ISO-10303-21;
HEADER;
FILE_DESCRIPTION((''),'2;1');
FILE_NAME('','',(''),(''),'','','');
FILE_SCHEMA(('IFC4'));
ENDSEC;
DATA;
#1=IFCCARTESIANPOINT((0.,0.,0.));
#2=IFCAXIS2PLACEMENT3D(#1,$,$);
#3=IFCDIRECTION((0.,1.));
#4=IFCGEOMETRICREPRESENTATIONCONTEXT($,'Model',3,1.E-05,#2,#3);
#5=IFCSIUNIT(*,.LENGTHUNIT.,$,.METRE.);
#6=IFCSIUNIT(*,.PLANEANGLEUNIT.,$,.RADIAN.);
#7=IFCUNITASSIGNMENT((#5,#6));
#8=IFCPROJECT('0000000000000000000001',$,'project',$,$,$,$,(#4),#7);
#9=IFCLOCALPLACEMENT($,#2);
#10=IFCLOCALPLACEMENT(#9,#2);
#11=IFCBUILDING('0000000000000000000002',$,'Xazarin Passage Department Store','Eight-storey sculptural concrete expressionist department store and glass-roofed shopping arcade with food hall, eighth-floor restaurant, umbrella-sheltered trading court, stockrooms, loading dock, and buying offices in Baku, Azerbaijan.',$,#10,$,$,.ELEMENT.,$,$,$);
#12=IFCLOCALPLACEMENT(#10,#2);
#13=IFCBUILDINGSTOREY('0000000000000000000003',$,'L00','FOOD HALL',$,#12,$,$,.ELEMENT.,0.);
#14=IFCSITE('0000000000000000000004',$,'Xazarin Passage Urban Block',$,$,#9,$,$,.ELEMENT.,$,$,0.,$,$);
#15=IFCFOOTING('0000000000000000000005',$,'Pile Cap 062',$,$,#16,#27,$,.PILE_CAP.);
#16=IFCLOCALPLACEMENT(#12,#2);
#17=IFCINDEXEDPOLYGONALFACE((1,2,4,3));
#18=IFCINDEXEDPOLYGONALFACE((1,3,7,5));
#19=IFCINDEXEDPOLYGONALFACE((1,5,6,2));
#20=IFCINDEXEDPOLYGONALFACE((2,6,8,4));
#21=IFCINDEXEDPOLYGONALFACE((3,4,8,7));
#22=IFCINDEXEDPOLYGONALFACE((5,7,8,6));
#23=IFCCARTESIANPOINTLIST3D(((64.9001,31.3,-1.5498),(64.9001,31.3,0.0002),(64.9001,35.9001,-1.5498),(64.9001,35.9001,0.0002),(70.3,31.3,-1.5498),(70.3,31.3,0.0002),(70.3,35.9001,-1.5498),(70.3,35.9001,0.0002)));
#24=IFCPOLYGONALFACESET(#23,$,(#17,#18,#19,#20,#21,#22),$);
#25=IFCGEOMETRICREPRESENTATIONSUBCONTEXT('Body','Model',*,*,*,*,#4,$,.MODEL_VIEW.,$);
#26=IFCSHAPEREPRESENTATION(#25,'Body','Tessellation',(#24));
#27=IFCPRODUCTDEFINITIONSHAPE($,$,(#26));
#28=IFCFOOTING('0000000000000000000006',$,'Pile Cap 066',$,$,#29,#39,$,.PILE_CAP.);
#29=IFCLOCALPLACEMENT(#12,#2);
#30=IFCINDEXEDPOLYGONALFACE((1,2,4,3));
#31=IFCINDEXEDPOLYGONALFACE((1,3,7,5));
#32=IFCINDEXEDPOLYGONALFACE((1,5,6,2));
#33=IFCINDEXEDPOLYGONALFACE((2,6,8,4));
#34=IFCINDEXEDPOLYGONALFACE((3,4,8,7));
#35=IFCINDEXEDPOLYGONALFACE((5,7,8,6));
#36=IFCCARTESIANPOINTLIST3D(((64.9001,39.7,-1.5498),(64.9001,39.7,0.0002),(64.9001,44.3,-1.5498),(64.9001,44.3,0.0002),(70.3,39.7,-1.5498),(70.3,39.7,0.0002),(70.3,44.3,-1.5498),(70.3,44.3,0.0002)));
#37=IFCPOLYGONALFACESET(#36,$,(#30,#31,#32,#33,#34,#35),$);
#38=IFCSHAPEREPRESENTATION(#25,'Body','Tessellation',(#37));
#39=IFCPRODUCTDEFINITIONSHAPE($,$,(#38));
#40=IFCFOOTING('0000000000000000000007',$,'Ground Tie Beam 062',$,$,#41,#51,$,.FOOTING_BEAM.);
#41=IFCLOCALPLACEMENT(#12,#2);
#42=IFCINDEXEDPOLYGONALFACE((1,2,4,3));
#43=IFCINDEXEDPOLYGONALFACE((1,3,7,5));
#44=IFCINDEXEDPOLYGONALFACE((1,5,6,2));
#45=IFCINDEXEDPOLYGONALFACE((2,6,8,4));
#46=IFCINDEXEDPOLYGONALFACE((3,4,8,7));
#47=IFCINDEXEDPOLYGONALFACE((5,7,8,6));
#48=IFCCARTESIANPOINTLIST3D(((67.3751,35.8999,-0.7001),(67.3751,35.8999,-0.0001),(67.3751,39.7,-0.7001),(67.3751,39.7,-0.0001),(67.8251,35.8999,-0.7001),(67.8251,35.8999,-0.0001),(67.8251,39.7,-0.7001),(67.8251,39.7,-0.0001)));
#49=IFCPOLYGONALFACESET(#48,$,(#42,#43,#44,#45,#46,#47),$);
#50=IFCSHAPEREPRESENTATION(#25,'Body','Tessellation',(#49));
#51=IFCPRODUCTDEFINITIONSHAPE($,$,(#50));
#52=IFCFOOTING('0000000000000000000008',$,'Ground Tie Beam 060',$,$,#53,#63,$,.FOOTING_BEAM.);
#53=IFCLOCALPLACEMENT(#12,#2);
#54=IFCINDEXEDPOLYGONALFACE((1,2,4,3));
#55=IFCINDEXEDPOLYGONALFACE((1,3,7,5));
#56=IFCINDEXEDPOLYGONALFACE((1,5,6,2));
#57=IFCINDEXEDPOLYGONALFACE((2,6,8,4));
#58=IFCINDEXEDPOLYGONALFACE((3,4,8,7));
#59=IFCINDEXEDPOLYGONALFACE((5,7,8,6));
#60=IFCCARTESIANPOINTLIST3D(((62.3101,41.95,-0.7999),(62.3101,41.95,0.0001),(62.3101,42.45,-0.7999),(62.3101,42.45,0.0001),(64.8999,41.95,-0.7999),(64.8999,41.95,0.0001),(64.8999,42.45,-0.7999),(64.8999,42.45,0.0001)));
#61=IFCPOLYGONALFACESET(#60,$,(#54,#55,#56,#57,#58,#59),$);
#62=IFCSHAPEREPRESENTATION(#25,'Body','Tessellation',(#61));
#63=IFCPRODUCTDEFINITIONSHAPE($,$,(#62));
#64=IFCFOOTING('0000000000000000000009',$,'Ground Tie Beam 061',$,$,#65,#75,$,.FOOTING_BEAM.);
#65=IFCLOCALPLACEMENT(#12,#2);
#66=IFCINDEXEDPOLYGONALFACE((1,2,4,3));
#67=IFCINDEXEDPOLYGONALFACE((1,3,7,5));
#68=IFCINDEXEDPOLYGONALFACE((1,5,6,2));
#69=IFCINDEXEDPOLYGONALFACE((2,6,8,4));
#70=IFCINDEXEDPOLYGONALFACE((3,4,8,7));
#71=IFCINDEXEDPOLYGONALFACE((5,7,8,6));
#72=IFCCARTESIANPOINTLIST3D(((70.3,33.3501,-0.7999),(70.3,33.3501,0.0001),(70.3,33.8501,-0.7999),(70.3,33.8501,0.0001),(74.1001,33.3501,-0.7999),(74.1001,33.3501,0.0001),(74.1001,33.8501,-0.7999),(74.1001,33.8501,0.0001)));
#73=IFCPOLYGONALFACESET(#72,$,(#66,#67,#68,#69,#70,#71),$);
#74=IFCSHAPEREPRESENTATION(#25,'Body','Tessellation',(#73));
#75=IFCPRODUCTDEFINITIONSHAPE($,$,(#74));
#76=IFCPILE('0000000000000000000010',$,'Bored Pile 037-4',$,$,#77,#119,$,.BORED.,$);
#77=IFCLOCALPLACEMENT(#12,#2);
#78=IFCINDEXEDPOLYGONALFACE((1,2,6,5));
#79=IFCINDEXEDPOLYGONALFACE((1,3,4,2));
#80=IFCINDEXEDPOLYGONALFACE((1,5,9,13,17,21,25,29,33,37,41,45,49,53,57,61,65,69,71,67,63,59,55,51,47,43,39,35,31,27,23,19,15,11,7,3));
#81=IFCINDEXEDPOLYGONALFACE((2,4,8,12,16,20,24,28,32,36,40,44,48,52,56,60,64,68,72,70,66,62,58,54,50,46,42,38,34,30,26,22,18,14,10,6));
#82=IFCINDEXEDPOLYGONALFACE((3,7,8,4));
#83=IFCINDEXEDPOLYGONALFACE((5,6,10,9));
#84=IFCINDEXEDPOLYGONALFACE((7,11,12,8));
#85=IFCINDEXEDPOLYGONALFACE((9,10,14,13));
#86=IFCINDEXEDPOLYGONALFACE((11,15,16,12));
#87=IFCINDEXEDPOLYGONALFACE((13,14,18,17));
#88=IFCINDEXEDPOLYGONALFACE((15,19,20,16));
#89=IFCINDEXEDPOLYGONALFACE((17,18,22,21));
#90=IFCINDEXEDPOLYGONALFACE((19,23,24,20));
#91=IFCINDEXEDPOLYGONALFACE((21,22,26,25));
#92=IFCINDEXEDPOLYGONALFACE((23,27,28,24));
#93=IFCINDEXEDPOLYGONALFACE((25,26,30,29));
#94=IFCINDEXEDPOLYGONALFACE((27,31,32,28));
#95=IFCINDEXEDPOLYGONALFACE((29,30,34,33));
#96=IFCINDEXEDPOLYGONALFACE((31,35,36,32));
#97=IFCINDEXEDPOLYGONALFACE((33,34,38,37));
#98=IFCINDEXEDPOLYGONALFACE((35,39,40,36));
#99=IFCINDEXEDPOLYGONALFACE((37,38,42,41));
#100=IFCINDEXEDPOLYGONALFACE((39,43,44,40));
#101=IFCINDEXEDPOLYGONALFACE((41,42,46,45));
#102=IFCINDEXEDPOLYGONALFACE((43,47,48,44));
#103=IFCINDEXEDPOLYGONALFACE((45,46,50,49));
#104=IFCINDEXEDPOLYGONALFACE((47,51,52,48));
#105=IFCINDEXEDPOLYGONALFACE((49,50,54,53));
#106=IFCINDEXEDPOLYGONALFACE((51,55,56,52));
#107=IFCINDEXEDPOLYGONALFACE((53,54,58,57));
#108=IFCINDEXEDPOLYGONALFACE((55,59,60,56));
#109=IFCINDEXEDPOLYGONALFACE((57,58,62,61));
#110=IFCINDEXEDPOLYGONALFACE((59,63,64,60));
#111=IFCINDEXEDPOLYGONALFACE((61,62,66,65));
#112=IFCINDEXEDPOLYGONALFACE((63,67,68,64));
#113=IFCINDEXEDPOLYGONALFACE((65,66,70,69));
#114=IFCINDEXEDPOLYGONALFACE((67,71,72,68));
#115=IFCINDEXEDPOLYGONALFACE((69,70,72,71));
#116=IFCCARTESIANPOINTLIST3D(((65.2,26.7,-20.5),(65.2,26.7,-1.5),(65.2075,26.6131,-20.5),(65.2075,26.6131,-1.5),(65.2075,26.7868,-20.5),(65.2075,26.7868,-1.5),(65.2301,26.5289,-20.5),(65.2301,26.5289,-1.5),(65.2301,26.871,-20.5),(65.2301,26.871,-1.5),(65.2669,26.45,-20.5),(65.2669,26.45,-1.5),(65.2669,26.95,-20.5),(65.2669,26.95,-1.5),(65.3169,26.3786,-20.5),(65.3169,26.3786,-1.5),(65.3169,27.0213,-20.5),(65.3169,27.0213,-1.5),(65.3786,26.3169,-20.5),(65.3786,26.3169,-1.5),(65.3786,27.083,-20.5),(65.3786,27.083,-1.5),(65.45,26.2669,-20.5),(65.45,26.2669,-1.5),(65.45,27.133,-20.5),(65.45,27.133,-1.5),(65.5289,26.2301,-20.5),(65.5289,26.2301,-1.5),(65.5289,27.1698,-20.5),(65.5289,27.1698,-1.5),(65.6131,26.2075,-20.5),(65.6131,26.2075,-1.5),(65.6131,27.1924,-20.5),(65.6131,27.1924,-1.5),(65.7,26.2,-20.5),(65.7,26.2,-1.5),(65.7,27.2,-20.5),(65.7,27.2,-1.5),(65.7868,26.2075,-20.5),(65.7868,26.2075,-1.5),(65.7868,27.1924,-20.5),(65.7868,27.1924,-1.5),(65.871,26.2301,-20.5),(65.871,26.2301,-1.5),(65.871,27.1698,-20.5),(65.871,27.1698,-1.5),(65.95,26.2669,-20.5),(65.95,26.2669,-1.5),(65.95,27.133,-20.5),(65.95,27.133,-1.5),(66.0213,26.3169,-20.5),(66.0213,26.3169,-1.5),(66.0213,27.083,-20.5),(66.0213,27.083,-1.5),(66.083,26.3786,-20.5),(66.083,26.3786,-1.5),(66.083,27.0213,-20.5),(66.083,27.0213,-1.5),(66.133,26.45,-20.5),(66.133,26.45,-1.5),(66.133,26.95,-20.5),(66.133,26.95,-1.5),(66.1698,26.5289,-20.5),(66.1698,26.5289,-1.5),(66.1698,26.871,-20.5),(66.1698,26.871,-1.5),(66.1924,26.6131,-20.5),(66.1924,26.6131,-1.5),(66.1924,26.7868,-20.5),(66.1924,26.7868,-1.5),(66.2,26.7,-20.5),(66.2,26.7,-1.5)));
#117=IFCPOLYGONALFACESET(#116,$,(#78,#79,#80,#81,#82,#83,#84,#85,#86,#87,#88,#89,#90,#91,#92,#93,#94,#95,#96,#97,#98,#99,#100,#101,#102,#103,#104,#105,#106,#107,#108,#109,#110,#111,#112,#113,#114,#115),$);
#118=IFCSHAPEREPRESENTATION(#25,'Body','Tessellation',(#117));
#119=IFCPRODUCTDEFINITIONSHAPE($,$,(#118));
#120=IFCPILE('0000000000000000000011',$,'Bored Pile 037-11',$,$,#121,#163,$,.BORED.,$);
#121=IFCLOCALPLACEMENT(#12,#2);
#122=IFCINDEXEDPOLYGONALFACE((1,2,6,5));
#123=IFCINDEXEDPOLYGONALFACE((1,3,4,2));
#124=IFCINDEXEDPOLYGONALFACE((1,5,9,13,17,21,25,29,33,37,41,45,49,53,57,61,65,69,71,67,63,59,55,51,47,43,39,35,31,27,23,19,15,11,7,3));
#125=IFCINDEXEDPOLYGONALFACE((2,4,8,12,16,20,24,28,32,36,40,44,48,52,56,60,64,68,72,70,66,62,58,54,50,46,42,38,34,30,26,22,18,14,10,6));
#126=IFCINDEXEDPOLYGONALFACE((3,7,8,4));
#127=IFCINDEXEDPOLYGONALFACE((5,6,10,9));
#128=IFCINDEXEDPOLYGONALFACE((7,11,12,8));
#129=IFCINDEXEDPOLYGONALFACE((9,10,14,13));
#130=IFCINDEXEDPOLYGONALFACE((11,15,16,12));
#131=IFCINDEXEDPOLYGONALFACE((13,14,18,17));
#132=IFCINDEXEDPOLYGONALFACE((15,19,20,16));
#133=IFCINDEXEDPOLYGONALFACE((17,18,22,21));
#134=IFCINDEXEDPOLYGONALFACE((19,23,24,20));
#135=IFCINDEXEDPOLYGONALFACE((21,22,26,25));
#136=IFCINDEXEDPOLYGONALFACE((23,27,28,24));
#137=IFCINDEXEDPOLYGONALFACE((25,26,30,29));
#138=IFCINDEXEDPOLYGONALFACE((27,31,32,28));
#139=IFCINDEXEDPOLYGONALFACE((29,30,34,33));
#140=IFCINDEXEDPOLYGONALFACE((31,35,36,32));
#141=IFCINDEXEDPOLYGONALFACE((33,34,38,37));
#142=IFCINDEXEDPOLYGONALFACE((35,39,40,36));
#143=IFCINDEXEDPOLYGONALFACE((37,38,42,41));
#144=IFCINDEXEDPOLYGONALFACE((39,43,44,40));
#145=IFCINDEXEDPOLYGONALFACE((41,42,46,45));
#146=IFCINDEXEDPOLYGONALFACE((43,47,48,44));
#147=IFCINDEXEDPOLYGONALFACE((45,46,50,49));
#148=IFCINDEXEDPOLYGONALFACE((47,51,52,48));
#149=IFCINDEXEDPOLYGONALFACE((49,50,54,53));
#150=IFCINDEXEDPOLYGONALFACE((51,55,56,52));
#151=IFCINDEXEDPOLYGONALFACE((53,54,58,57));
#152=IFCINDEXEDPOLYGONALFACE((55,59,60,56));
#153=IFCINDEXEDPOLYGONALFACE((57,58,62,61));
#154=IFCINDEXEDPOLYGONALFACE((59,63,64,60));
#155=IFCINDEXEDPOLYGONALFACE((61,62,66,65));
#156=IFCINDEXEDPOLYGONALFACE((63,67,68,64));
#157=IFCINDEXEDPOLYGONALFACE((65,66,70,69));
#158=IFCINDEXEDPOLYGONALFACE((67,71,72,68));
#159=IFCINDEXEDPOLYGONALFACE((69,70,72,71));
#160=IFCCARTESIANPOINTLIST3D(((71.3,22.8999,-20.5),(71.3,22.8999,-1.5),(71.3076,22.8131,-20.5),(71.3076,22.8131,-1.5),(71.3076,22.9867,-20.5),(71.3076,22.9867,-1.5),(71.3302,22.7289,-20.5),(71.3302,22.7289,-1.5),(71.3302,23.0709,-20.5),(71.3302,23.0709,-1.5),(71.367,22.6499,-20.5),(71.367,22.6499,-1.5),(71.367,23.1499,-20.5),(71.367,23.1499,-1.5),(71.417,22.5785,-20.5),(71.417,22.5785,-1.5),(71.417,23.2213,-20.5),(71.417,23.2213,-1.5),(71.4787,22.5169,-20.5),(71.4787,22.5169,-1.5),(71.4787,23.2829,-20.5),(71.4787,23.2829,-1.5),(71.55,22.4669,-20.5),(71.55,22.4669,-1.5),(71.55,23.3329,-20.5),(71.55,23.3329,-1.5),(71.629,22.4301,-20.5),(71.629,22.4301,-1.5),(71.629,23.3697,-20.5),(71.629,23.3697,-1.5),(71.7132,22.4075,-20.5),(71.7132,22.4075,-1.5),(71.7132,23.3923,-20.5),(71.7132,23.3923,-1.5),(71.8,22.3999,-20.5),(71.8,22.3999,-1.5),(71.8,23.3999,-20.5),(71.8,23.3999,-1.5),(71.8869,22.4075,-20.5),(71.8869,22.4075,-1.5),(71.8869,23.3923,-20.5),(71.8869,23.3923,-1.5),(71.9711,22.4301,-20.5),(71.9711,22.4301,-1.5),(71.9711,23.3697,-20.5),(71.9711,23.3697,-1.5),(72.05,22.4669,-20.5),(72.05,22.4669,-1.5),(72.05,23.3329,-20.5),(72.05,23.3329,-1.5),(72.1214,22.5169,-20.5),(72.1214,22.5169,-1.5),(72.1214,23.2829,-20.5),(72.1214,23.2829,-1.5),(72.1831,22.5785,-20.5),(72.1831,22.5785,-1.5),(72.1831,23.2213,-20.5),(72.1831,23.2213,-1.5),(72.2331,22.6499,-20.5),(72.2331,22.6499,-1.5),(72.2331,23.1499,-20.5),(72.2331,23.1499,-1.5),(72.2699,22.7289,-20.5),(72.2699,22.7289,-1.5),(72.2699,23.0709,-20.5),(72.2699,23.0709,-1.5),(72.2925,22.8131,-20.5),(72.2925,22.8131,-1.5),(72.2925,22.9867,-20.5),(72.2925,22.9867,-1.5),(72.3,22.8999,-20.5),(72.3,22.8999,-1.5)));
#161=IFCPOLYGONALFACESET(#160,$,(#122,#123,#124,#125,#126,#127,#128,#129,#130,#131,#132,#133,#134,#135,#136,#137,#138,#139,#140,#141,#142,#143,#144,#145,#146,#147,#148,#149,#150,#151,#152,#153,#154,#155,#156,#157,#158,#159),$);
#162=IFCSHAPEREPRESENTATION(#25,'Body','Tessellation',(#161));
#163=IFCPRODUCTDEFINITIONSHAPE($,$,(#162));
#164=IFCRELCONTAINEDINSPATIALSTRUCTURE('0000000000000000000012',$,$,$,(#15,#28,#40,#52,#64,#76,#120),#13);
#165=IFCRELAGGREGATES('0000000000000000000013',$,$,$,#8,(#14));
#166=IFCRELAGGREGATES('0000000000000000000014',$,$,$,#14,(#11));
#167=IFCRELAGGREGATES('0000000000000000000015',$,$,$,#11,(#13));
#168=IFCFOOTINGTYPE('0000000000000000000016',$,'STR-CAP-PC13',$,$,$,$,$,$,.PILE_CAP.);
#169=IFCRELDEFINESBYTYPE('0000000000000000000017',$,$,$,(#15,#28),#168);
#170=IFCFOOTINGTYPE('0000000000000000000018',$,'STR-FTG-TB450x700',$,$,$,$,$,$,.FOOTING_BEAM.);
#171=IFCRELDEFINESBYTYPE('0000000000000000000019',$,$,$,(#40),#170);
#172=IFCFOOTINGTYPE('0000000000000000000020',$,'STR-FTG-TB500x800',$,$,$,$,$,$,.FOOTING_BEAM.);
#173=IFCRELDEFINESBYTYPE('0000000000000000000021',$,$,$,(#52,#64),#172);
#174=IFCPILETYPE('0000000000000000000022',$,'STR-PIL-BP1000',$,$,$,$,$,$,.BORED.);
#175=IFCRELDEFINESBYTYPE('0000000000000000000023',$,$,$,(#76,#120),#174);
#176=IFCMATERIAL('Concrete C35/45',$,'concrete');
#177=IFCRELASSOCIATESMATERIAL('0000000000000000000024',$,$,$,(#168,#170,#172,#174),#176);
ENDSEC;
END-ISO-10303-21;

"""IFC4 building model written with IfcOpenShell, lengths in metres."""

from ifc_helpers import new_model, si_unit, direction, frame, origin, origin_2d, place, context, subcontext, project, spatial, rectangle, circle, extrude, material, material_profile, profile_set, type_object, element, save


model = new_model("IFC4")

# Units and contexts
model_context = context("Model", 3, precision=1e-05, world=origin(), true_north=direction((0.0, 1.0)))
body_context = subcontext(model_context, "Body", "Model", "MODEL_VIEW")
ifc_project = project(units=[si_unit("LENGTHUNIT", "METRE"), si_unit("PLANEANGLEUNIT", "RADIAN")], contexts=[model_context])

# Site, building, storey
site_placement = place(None, origin())
site = spatial("IfcSite", under=ifc_project, at=site_placement, Name="Xazarin Passage Urban Block", CompositionType="ELEMENT", RefElevation=0.0)
building_placement = place(site_placement, origin())
building = spatial("IfcBuilding", under=site, at=building_placement, Name="Xazarin Passage Department Store", Description="Eight-storey sculptural concrete expressionist department store and glass-roofed shopping arcade with food hall, eighth-floor restaurant, umbrella-sheltered trading court, stockrooms, loading dock, and buying offices in Baku, Azerbaijan.", CompositionType="ELEMENT")
storey_placement = place(building_placement, origin())
storey = spatial("IfcBuildingStorey", under=building, at=storey_placement, Name="L00", Description="FOOD HALL", CompositionType="ELEMENT", Elevation=0.0)

# Footings
ifc_material_1 = material(Name="Concrete C35/45", Category="concrete")
footing_type_1 = type_object("IfcFootingType", Name="STR-CAP-PC13", PredefinedType="PILE_CAP", material=ifc_material_1)
for number, where, z_axis, x_axis, name in (
    (1, (67.6001, 33.6001, -1.5498), (0.0, 0.0, 1.0), (1.0, 0.0, 0.0), "Pile Cap 062"),
    (2, (67.6001, 42.0, -1.5498), (0.0, 0.0, 1.0), (1.0, 0.0, 0.0), "Pile Cap 066"),
):
    element("IfcFooting", number, at=place(storey_placement, frame(where, z_axis=z_axis, x_axis=x_axis)), inside=storey, type_object=footing_type_1, Name=name, PredefinedType="PILE_CAP", context=body_context, shape_type="SweptSolid", body=[
        extrude(rectangle(XDim=5.3999, YDim=4.6001, at=origin_2d()), origin(), (0.0, 0.0, 1.0), 1.55),
    ])
ifc_material_profile_1 = material_profile(ifc_material_1, rectangle(XDim=0.45, YDim=0.7, at=origin_2d()), Name="RC 450x700")
ifc_profile_set_1 = profile_set([ifc_material_profile_1], Name="Concrete C35/45")
footing_type_2 = type_object("IfcFootingType", Name="STR-FTG-TB450x700", PredefinedType="FOOTING_BEAM", material=ifc_profile_set_1)
footing_1_placement = place(storey_placement, frame((67.6001, 35.8999, -0.3501), z_axis=(0.0, 1.0, 0.0), x_axis=(-1.0, 0.0, 0.0)))
element("IfcFooting", 3, at=footing_1_placement, inside=storey, type_object=footing_type_2, Name="Ground Tie Beam 062", PredefinedType="FOOTING_BEAM", context=body_context, shape_type="SweptSolid", body=[
    extrude(rectangle(XDim=0.45, YDim=0.7, at=origin_2d()), origin(), (0.0, 0.0, 1.0), 3.8),
])
ifc_material_profile_2 = material_profile(ifc_material_1, rectangle(XDim=0.5, YDim=0.8, at=origin_2d()), Name="RC 500x800")
ifc_profile_set_2 = profile_set([ifc_material_profile_2], Name="Concrete C35/45")
footing_type_3 = type_object("IfcFootingType", Name="STR-FTG-TB500x800", PredefinedType="FOOTING_BEAM", material=ifc_profile_set_2)
footing_2_placement = place(storey_placement, frame((62.3101, 42.2, -0.3999), z_axis=(1.0, 0.0, 0.0), x_axis=(0.0, 1.0, 0.0)))
element("IfcFooting", 4, at=footing_2_placement, inside=storey, type_object=footing_type_3, Name="Ground Tie Beam 060", PredefinedType="FOOTING_BEAM", context=body_context, shape_type="SweptSolid", body=[
    extrude(rectangle(XDim=0.5, YDim=0.8, at=origin_2d()), origin(), (0.0, 0.0, 1.0), 2.5898),
])
footing_3_placement = place(storey_placement, frame((70.3, 33.6001, -0.3999), z_axis=(1.0, 0.0, 0.0), x_axis=(0.0, 1.0, 0.0)))
element("IfcFooting", 5, at=footing_3_placement, inside=storey, type_object=footing_type_3, Name="Ground Tie Beam 061", PredefinedType="FOOTING_BEAM", context=body_context, shape_type="SweptSolid", body=[
    extrude(rectangle(XDim=0.5, YDim=0.8, at=origin_2d()), origin(), (0.0, 0.0, 1.0), 3.8),
])

# Piles
ifc_material_profile_3 = material_profile(ifc_material_1, circle(Radius=0.5, at=origin_2d()), Name="BP 1000")
ifc_profile_set_3 = profile_set([ifc_material_profile_3], Name="Concrete C35/45")
pile_type_1 = type_object("IfcPileType", Name="STR-PIL-BP1000", PredefinedType="BORED", material=ifc_profile_set_3)
for number, where, z_axis, x_axis, name in (
    (6, (65.7, 26.7, -1.5), (0.0, 0.0, -1.0), (1.0, 0.0, 0.0), "Bored Pile 037-4"),
    (7, (71.8, 22.8999, -1.5), (0.0, 0.0, -1.0), (1.0, 0.0, 0.0), "Bored Pile 037-11"),
):
    element("IfcPile", number, at=place(storey_placement, frame(where, z_axis=z_axis, x_axis=x_axis)), inside=storey, type_object=pile_type_1, Name=name, PredefinedType="BORED", context=body_context, shape_type="SweptSolid", body=[
        extrude(circle(Radius=0.5, at=origin_2d()), origin(), (0.0, 0.0, 1.0), 19.0),
    ])

save(model, "model.ifc")
